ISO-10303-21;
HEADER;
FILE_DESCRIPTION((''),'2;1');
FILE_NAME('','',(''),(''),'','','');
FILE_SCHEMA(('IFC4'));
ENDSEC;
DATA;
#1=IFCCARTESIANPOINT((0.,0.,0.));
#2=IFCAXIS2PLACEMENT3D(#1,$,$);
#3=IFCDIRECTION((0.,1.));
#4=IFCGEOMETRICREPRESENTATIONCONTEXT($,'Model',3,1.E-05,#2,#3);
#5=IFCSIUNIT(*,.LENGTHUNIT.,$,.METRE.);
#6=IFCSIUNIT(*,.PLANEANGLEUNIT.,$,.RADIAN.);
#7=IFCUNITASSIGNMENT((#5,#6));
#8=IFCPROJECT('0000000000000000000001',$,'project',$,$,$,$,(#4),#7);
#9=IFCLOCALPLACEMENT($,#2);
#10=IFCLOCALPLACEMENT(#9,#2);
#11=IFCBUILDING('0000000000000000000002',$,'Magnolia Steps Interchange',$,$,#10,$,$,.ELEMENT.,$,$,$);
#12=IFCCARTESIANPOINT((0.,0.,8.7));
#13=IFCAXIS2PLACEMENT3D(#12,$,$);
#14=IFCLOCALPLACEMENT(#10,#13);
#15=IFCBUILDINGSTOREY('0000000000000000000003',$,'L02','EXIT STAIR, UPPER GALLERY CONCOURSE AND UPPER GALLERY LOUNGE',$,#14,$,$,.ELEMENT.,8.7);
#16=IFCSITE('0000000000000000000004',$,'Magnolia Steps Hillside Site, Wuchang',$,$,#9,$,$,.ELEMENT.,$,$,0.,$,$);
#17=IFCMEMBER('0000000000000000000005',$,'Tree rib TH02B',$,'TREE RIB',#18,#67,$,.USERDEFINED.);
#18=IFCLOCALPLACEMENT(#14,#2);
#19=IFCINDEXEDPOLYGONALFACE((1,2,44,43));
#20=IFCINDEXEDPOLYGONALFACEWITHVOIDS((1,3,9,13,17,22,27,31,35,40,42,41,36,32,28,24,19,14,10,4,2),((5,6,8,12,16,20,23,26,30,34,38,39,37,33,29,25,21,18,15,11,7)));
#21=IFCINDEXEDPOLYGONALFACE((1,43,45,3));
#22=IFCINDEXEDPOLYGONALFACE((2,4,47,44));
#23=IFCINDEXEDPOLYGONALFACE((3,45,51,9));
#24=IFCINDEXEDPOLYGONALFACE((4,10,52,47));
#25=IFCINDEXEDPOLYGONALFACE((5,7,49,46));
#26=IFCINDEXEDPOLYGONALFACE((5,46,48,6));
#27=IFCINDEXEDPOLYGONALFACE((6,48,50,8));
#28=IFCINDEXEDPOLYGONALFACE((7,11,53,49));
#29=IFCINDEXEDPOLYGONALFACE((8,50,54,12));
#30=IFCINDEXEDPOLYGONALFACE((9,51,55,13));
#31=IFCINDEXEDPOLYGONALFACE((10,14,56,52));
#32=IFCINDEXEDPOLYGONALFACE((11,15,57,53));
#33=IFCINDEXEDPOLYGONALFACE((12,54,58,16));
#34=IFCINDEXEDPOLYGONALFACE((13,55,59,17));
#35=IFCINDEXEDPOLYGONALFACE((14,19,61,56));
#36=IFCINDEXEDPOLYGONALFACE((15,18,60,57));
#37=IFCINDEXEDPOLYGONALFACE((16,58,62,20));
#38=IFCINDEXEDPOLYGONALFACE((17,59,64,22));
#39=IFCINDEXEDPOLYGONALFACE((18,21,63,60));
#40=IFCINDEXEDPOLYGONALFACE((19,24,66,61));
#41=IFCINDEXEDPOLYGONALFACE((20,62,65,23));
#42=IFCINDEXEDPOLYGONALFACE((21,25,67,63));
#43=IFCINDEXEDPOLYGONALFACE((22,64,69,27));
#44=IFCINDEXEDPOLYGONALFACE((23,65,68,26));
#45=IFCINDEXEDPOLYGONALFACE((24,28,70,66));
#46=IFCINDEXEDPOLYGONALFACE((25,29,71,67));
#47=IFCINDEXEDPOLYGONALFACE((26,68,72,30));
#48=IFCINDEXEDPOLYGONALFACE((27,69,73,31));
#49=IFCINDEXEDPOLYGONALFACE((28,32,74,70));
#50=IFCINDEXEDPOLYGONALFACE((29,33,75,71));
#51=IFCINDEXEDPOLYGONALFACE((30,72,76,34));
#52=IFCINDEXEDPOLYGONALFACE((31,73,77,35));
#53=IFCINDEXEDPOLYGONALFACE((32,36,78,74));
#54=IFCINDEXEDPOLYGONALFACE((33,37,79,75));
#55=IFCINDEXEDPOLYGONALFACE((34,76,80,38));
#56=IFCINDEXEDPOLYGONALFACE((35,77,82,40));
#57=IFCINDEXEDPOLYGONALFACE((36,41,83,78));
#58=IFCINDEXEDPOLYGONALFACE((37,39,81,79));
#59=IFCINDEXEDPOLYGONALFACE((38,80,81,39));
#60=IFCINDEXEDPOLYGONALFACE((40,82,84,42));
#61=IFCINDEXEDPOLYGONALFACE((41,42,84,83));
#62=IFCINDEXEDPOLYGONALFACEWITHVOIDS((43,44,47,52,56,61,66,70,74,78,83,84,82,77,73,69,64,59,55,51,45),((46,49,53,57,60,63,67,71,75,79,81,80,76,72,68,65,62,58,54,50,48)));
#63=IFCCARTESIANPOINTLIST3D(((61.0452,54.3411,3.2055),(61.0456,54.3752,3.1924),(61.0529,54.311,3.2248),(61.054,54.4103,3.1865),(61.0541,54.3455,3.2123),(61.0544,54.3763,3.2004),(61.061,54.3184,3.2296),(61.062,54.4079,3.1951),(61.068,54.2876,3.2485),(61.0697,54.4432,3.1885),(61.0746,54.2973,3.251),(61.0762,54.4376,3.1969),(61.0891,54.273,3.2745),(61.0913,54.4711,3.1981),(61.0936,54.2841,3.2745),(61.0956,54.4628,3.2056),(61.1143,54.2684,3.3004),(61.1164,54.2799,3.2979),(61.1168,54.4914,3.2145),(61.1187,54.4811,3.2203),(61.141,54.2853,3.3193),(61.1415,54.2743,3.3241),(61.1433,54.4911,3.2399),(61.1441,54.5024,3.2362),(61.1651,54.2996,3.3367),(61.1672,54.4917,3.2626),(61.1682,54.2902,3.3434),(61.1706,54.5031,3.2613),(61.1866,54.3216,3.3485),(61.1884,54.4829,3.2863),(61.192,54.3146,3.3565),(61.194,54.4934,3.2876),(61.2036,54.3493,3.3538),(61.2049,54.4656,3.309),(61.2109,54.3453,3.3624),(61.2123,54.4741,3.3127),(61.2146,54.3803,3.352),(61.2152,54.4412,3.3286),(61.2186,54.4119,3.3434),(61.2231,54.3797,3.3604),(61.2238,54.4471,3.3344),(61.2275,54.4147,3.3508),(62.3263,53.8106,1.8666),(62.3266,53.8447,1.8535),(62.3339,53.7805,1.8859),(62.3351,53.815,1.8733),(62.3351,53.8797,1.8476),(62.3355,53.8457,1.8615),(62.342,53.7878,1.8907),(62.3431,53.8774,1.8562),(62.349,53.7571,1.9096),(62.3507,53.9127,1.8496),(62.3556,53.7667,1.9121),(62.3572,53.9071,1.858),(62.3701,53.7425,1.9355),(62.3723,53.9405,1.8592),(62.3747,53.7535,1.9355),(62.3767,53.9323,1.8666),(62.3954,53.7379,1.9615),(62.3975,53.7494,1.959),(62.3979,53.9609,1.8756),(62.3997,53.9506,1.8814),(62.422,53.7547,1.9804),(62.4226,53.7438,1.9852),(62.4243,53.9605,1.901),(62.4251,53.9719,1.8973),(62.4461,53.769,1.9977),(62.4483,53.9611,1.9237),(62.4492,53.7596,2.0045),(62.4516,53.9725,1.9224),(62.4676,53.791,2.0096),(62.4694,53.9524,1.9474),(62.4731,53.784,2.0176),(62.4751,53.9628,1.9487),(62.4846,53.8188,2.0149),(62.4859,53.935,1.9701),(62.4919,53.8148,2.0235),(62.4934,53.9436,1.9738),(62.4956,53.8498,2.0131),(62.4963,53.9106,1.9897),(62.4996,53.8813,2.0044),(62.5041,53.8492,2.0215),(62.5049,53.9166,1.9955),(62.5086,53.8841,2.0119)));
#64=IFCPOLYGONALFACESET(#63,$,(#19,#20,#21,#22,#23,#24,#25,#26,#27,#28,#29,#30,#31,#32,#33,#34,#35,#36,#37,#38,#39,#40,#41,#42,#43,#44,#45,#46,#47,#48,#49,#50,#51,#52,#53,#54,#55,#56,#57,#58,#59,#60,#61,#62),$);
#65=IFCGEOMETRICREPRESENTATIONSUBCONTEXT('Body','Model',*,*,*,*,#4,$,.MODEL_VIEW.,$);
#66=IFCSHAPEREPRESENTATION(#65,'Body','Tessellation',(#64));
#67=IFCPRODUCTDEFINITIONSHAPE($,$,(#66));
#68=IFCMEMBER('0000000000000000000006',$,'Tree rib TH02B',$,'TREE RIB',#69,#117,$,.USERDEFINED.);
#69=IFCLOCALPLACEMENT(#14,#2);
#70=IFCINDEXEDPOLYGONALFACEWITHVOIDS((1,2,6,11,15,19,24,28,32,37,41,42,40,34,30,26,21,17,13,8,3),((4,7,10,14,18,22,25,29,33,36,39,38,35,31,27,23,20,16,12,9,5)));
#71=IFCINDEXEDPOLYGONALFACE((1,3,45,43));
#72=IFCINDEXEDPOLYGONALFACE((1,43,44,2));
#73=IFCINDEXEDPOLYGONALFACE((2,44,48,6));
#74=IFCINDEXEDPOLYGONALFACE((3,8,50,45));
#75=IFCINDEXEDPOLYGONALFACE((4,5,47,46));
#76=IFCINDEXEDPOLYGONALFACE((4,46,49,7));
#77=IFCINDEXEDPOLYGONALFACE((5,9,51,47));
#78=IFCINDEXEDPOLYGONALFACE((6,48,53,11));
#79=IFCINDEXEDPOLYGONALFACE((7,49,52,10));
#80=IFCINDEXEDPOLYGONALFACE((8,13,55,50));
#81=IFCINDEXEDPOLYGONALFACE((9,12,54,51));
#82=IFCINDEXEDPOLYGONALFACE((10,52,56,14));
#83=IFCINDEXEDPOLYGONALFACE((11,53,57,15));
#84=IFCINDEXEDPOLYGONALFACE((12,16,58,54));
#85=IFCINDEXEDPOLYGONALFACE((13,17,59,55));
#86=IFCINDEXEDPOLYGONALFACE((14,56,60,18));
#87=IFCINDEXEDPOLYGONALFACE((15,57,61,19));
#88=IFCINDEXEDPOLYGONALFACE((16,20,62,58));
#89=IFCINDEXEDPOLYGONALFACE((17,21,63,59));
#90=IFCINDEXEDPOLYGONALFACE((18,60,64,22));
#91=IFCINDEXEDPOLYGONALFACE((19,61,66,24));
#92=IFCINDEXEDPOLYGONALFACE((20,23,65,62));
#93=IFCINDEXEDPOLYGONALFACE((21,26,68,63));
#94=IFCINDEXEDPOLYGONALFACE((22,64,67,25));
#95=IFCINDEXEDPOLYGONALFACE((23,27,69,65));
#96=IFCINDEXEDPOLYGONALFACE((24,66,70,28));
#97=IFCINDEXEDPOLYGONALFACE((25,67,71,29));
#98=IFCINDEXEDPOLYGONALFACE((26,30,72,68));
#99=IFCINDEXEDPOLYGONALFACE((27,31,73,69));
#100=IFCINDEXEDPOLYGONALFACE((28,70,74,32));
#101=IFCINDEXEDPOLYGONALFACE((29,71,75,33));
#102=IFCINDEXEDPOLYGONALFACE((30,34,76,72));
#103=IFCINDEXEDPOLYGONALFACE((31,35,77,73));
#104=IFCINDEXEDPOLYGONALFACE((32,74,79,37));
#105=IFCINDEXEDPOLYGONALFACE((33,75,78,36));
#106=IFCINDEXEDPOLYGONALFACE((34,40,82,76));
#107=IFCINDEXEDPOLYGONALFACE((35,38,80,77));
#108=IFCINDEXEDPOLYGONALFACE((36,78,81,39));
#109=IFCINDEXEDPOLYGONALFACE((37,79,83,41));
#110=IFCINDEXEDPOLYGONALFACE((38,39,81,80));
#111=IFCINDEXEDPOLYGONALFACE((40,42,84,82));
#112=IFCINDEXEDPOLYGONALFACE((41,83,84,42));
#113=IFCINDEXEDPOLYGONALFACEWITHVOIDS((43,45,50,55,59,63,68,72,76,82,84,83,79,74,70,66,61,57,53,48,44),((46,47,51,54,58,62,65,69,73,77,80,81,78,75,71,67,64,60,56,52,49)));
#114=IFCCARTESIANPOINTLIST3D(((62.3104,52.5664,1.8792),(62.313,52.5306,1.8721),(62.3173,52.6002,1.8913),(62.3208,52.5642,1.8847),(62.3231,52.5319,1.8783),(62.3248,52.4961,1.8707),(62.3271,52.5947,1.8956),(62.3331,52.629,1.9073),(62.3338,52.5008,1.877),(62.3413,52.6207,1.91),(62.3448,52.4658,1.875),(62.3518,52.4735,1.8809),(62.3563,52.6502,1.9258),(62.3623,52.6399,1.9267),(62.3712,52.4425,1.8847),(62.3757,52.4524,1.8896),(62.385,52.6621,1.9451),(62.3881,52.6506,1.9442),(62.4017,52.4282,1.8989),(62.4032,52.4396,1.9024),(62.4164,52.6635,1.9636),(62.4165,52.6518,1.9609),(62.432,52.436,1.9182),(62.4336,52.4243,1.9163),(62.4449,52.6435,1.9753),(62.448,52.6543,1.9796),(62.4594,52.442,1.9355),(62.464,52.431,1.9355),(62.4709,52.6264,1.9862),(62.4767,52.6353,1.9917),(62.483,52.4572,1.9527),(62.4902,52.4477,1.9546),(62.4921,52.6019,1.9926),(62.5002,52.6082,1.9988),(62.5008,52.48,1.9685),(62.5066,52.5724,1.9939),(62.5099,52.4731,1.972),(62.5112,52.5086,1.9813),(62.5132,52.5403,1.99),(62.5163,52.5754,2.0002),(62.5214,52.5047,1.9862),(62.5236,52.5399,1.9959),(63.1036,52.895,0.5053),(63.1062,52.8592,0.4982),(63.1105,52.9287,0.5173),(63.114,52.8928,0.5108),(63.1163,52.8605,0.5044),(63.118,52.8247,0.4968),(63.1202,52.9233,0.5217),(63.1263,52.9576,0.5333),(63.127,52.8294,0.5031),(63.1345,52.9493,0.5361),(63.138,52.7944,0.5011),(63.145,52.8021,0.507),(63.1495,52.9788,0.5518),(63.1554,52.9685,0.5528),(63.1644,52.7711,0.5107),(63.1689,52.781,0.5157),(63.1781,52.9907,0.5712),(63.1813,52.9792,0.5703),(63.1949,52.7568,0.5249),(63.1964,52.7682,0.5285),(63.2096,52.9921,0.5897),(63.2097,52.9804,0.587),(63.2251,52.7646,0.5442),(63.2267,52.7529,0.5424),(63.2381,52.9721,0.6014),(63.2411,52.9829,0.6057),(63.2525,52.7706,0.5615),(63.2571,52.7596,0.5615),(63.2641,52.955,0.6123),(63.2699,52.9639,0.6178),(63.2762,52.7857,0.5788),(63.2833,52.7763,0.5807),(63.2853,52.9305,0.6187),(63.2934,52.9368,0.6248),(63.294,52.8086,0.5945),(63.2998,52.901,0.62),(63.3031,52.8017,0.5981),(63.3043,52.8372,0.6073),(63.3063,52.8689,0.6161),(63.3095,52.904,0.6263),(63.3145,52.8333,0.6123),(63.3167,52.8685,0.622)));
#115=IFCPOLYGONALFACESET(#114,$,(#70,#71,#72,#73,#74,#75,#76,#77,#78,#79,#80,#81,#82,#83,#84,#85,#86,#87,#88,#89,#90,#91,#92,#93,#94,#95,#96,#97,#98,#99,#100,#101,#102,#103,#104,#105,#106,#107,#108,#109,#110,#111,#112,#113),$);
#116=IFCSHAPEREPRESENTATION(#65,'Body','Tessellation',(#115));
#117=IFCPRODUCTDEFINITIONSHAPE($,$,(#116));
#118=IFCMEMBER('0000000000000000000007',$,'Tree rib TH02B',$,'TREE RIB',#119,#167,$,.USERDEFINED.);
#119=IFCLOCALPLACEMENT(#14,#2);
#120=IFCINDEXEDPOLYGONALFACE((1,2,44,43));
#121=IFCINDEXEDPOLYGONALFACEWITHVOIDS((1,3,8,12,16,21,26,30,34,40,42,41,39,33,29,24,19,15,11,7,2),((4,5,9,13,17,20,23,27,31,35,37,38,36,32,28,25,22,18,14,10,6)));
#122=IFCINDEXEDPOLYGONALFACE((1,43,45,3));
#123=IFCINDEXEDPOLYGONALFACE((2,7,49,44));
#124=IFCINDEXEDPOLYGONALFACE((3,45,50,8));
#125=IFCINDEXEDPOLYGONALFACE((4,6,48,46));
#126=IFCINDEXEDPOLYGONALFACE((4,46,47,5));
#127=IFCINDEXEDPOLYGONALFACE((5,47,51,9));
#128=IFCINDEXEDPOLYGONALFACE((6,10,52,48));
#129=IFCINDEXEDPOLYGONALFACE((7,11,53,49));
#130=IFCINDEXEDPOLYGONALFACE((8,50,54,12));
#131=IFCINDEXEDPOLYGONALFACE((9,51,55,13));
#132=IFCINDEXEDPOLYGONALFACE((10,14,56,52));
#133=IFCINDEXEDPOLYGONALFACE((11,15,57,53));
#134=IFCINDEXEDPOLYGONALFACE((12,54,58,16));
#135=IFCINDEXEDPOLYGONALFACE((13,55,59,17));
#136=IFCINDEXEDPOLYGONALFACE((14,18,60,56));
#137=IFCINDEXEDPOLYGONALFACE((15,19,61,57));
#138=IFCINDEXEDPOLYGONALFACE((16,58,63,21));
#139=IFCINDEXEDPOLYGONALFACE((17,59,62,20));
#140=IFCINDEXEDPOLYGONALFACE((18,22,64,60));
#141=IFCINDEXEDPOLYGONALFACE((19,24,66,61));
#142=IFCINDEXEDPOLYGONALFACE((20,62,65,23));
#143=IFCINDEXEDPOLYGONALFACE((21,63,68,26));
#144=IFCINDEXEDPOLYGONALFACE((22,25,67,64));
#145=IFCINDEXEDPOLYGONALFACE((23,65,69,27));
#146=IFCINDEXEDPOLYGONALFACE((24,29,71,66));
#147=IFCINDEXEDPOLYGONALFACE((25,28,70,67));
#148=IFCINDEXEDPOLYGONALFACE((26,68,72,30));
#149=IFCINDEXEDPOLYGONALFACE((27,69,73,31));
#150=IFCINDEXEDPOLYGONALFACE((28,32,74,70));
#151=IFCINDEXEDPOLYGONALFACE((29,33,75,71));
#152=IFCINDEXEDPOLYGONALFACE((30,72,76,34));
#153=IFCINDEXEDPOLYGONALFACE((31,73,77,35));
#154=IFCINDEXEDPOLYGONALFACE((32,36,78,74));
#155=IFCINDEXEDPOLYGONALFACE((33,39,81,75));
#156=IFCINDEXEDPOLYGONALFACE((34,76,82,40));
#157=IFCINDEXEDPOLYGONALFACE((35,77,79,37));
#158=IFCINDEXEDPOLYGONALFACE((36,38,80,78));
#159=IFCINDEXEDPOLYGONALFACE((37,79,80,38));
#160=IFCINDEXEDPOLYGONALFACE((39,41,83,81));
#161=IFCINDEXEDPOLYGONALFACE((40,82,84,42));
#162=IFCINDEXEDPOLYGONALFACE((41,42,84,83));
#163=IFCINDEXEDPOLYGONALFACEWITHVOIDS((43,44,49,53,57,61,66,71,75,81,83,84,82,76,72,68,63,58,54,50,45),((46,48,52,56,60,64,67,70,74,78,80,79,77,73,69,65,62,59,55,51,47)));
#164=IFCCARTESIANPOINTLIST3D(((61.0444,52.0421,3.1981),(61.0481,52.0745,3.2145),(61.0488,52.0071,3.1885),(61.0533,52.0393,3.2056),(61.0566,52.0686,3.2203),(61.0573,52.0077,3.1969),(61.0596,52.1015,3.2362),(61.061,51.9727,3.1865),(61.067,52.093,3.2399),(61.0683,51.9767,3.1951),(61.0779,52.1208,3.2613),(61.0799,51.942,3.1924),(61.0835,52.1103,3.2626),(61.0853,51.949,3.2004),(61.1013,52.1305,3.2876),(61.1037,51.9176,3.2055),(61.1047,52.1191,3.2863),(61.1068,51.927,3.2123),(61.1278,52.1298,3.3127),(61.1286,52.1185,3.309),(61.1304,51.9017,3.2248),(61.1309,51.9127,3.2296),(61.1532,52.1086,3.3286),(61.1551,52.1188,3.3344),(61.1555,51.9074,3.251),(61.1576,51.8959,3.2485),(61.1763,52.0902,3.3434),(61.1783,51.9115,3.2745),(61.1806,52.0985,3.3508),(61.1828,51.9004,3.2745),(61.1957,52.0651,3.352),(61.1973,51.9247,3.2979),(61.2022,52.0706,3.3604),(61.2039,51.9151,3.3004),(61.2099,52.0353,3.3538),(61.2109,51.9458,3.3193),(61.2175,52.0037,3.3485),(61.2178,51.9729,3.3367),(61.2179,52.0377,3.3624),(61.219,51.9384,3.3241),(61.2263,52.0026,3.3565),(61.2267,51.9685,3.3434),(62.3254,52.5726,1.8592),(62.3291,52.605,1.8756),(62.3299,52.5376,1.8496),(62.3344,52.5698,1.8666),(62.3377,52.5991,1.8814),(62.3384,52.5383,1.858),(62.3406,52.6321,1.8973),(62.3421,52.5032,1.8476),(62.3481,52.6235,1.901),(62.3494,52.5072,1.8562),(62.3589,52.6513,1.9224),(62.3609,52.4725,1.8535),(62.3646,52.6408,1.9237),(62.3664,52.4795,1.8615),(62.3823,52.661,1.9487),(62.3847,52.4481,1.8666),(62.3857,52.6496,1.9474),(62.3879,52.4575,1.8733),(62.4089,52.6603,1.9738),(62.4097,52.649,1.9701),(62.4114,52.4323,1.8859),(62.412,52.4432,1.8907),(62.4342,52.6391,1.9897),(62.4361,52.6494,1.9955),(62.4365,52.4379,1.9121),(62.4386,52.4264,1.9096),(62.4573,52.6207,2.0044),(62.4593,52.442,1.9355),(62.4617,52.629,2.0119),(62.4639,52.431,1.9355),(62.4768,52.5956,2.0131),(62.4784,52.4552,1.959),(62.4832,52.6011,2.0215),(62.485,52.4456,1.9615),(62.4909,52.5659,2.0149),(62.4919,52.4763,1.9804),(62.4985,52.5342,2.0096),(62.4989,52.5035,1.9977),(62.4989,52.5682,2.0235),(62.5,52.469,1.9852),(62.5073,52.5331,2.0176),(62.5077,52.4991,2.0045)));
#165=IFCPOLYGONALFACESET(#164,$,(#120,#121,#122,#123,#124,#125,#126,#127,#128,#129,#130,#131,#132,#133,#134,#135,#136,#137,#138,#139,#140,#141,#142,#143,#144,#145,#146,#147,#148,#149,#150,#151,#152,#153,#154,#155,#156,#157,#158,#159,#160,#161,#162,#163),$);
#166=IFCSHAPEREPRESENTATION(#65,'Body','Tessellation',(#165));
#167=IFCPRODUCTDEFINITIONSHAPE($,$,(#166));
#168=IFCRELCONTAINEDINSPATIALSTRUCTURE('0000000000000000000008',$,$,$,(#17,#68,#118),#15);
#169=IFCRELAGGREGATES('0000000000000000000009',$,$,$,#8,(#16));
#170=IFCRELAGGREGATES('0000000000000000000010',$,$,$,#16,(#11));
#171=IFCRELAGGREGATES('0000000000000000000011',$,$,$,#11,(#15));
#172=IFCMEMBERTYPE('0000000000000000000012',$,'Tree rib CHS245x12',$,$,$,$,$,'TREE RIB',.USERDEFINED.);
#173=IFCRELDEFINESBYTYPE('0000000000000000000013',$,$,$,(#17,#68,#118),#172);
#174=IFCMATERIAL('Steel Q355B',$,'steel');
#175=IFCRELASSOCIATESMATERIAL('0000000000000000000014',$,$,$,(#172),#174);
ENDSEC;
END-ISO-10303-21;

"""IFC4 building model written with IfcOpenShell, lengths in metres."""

from ifc_helpers import new_model, si_unit, direction, frame, origin, origin_2d, place, context, subcontext, project, spatial, hollow_circle, extrude, material, material_profile, profile_set, type_object, element, save


model = new_model("IFC4")

# Units and contexts
model_context = context("Model", 3, precision=1e-05, world=origin(), true_north=direction((0.0, 1.0)))
body_context = subcontext(model_context, "Body", "Model", "MODEL_VIEW")
ifc_project = project(units=[si_unit("LENGTHUNIT", "METRE"), si_unit("PLANEANGLEUNIT", "RADIAN")], contexts=[model_context])

# Site, building, storey
site_placement = place(None, origin())
site = spatial("IfcSite", under=ifc_project, at=site_placement, Name="Magnolia Steps Hillside Site, Wuchang", CompositionType="ELEMENT", RefElevation=0.0)
building_placement = place(site_placement, origin())
building = spatial("IfcBuilding", under=site, at=building_placement, Name="Magnolia Steps Interchange", CompositionType="ELEMENT")
storey_placement = place(building_placement, frame((0.0, 0.0, 8.7)))
storey = spatial("IfcBuildingStorey", under=building, at=storey_placement, Name="L02", Description="EXIT STAIR, UPPER GALLERY CONCOURSE AND UPPER GALLERY LOUNGE", CompositionType="ELEMENT", Elevation=8.7)

# Members
ifc_material_1 = material(Name="Steel Q355B", Category="steel")
ifc_material_profile_1 = material_profile(ifc_material_1, hollow_circle(Radius=0.1226, WallThickness=0.012, at=origin_2d()), Name="CHS245x12")
ifc_profile_set_1 = profile_set([ifc_material_profile_1], Name="Steel Q355B")
member_type = type_object("IfcMemberType", Name="Tree rib CHS245x12", ElementType="TREE RIB", PredefinedType="USERDEFINED", material=ifc_profile_set_1)
member_1_placement = place(storey_placement, frame((62.417, 53.8557, 1.9355), z_axis=(-0.664618, 0.275246, 0.694638), x_axis=(-0.382627, -0.923903, 0.0)))
element("IfcMember", 1, at=member_1_placement, inside=storey, type_object=member_type, Name="Tree rib TH02B", ObjectType="TREE RIB", PredefinedType="USERDEFINED", context=body_context, shape_type="SweptSolid", body=[
    extrude(hollow_circle(Radius=0.1226, WallThickness=0.012, at=origin_2d()), origin(), (0.0, 0.0, 1.0), 1.9275),
])
member_2_placement = place(storey_placement, frame((63.2102, 52.8728, 0.5615), z_axis=(-0.489571, -0.20282, 0.848047), x_axis=(0.382737, -0.923857, 0.0)))
element("IfcMember", 2, at=member_2_placement, inside=storey, type_object=member_type, Name="Tree rib TH02B", ObjectType="TREE RIB", PredefinedType="USERDEFINED", context=body_context, shape_type="SweptSolid", body=[
    extrude(hollow_circle(Radius=0.1226, WallThickness=0.012, at=origin_2d()), origin(), (0.0, 0.0, 1.0), 1.6201),
])
member_3_placement = place(storey_placement, frame((62.417, 52.5442, 1.9355), z_axis=(-0.664618, -0.275246, 0.694638), x_axis=(0.382627, -0.923903, 0.0)))
element("IfcMember", 3, at=member_3_placement, inside=storey, type_object=member_type, Name="Tree rib TH02B", ObjectType="TREE RIB", PredefinedType="USERDEFINED", context=body_context, shape_type="SweptSolid", body=[
    extrude(hollow_circle(Radius=0.1226, WallThickness=0.012, at=origin_2d()), origin(), (0.0, 0.0, 1.0), 1.9275),
])

save(model, "model.ifc")
